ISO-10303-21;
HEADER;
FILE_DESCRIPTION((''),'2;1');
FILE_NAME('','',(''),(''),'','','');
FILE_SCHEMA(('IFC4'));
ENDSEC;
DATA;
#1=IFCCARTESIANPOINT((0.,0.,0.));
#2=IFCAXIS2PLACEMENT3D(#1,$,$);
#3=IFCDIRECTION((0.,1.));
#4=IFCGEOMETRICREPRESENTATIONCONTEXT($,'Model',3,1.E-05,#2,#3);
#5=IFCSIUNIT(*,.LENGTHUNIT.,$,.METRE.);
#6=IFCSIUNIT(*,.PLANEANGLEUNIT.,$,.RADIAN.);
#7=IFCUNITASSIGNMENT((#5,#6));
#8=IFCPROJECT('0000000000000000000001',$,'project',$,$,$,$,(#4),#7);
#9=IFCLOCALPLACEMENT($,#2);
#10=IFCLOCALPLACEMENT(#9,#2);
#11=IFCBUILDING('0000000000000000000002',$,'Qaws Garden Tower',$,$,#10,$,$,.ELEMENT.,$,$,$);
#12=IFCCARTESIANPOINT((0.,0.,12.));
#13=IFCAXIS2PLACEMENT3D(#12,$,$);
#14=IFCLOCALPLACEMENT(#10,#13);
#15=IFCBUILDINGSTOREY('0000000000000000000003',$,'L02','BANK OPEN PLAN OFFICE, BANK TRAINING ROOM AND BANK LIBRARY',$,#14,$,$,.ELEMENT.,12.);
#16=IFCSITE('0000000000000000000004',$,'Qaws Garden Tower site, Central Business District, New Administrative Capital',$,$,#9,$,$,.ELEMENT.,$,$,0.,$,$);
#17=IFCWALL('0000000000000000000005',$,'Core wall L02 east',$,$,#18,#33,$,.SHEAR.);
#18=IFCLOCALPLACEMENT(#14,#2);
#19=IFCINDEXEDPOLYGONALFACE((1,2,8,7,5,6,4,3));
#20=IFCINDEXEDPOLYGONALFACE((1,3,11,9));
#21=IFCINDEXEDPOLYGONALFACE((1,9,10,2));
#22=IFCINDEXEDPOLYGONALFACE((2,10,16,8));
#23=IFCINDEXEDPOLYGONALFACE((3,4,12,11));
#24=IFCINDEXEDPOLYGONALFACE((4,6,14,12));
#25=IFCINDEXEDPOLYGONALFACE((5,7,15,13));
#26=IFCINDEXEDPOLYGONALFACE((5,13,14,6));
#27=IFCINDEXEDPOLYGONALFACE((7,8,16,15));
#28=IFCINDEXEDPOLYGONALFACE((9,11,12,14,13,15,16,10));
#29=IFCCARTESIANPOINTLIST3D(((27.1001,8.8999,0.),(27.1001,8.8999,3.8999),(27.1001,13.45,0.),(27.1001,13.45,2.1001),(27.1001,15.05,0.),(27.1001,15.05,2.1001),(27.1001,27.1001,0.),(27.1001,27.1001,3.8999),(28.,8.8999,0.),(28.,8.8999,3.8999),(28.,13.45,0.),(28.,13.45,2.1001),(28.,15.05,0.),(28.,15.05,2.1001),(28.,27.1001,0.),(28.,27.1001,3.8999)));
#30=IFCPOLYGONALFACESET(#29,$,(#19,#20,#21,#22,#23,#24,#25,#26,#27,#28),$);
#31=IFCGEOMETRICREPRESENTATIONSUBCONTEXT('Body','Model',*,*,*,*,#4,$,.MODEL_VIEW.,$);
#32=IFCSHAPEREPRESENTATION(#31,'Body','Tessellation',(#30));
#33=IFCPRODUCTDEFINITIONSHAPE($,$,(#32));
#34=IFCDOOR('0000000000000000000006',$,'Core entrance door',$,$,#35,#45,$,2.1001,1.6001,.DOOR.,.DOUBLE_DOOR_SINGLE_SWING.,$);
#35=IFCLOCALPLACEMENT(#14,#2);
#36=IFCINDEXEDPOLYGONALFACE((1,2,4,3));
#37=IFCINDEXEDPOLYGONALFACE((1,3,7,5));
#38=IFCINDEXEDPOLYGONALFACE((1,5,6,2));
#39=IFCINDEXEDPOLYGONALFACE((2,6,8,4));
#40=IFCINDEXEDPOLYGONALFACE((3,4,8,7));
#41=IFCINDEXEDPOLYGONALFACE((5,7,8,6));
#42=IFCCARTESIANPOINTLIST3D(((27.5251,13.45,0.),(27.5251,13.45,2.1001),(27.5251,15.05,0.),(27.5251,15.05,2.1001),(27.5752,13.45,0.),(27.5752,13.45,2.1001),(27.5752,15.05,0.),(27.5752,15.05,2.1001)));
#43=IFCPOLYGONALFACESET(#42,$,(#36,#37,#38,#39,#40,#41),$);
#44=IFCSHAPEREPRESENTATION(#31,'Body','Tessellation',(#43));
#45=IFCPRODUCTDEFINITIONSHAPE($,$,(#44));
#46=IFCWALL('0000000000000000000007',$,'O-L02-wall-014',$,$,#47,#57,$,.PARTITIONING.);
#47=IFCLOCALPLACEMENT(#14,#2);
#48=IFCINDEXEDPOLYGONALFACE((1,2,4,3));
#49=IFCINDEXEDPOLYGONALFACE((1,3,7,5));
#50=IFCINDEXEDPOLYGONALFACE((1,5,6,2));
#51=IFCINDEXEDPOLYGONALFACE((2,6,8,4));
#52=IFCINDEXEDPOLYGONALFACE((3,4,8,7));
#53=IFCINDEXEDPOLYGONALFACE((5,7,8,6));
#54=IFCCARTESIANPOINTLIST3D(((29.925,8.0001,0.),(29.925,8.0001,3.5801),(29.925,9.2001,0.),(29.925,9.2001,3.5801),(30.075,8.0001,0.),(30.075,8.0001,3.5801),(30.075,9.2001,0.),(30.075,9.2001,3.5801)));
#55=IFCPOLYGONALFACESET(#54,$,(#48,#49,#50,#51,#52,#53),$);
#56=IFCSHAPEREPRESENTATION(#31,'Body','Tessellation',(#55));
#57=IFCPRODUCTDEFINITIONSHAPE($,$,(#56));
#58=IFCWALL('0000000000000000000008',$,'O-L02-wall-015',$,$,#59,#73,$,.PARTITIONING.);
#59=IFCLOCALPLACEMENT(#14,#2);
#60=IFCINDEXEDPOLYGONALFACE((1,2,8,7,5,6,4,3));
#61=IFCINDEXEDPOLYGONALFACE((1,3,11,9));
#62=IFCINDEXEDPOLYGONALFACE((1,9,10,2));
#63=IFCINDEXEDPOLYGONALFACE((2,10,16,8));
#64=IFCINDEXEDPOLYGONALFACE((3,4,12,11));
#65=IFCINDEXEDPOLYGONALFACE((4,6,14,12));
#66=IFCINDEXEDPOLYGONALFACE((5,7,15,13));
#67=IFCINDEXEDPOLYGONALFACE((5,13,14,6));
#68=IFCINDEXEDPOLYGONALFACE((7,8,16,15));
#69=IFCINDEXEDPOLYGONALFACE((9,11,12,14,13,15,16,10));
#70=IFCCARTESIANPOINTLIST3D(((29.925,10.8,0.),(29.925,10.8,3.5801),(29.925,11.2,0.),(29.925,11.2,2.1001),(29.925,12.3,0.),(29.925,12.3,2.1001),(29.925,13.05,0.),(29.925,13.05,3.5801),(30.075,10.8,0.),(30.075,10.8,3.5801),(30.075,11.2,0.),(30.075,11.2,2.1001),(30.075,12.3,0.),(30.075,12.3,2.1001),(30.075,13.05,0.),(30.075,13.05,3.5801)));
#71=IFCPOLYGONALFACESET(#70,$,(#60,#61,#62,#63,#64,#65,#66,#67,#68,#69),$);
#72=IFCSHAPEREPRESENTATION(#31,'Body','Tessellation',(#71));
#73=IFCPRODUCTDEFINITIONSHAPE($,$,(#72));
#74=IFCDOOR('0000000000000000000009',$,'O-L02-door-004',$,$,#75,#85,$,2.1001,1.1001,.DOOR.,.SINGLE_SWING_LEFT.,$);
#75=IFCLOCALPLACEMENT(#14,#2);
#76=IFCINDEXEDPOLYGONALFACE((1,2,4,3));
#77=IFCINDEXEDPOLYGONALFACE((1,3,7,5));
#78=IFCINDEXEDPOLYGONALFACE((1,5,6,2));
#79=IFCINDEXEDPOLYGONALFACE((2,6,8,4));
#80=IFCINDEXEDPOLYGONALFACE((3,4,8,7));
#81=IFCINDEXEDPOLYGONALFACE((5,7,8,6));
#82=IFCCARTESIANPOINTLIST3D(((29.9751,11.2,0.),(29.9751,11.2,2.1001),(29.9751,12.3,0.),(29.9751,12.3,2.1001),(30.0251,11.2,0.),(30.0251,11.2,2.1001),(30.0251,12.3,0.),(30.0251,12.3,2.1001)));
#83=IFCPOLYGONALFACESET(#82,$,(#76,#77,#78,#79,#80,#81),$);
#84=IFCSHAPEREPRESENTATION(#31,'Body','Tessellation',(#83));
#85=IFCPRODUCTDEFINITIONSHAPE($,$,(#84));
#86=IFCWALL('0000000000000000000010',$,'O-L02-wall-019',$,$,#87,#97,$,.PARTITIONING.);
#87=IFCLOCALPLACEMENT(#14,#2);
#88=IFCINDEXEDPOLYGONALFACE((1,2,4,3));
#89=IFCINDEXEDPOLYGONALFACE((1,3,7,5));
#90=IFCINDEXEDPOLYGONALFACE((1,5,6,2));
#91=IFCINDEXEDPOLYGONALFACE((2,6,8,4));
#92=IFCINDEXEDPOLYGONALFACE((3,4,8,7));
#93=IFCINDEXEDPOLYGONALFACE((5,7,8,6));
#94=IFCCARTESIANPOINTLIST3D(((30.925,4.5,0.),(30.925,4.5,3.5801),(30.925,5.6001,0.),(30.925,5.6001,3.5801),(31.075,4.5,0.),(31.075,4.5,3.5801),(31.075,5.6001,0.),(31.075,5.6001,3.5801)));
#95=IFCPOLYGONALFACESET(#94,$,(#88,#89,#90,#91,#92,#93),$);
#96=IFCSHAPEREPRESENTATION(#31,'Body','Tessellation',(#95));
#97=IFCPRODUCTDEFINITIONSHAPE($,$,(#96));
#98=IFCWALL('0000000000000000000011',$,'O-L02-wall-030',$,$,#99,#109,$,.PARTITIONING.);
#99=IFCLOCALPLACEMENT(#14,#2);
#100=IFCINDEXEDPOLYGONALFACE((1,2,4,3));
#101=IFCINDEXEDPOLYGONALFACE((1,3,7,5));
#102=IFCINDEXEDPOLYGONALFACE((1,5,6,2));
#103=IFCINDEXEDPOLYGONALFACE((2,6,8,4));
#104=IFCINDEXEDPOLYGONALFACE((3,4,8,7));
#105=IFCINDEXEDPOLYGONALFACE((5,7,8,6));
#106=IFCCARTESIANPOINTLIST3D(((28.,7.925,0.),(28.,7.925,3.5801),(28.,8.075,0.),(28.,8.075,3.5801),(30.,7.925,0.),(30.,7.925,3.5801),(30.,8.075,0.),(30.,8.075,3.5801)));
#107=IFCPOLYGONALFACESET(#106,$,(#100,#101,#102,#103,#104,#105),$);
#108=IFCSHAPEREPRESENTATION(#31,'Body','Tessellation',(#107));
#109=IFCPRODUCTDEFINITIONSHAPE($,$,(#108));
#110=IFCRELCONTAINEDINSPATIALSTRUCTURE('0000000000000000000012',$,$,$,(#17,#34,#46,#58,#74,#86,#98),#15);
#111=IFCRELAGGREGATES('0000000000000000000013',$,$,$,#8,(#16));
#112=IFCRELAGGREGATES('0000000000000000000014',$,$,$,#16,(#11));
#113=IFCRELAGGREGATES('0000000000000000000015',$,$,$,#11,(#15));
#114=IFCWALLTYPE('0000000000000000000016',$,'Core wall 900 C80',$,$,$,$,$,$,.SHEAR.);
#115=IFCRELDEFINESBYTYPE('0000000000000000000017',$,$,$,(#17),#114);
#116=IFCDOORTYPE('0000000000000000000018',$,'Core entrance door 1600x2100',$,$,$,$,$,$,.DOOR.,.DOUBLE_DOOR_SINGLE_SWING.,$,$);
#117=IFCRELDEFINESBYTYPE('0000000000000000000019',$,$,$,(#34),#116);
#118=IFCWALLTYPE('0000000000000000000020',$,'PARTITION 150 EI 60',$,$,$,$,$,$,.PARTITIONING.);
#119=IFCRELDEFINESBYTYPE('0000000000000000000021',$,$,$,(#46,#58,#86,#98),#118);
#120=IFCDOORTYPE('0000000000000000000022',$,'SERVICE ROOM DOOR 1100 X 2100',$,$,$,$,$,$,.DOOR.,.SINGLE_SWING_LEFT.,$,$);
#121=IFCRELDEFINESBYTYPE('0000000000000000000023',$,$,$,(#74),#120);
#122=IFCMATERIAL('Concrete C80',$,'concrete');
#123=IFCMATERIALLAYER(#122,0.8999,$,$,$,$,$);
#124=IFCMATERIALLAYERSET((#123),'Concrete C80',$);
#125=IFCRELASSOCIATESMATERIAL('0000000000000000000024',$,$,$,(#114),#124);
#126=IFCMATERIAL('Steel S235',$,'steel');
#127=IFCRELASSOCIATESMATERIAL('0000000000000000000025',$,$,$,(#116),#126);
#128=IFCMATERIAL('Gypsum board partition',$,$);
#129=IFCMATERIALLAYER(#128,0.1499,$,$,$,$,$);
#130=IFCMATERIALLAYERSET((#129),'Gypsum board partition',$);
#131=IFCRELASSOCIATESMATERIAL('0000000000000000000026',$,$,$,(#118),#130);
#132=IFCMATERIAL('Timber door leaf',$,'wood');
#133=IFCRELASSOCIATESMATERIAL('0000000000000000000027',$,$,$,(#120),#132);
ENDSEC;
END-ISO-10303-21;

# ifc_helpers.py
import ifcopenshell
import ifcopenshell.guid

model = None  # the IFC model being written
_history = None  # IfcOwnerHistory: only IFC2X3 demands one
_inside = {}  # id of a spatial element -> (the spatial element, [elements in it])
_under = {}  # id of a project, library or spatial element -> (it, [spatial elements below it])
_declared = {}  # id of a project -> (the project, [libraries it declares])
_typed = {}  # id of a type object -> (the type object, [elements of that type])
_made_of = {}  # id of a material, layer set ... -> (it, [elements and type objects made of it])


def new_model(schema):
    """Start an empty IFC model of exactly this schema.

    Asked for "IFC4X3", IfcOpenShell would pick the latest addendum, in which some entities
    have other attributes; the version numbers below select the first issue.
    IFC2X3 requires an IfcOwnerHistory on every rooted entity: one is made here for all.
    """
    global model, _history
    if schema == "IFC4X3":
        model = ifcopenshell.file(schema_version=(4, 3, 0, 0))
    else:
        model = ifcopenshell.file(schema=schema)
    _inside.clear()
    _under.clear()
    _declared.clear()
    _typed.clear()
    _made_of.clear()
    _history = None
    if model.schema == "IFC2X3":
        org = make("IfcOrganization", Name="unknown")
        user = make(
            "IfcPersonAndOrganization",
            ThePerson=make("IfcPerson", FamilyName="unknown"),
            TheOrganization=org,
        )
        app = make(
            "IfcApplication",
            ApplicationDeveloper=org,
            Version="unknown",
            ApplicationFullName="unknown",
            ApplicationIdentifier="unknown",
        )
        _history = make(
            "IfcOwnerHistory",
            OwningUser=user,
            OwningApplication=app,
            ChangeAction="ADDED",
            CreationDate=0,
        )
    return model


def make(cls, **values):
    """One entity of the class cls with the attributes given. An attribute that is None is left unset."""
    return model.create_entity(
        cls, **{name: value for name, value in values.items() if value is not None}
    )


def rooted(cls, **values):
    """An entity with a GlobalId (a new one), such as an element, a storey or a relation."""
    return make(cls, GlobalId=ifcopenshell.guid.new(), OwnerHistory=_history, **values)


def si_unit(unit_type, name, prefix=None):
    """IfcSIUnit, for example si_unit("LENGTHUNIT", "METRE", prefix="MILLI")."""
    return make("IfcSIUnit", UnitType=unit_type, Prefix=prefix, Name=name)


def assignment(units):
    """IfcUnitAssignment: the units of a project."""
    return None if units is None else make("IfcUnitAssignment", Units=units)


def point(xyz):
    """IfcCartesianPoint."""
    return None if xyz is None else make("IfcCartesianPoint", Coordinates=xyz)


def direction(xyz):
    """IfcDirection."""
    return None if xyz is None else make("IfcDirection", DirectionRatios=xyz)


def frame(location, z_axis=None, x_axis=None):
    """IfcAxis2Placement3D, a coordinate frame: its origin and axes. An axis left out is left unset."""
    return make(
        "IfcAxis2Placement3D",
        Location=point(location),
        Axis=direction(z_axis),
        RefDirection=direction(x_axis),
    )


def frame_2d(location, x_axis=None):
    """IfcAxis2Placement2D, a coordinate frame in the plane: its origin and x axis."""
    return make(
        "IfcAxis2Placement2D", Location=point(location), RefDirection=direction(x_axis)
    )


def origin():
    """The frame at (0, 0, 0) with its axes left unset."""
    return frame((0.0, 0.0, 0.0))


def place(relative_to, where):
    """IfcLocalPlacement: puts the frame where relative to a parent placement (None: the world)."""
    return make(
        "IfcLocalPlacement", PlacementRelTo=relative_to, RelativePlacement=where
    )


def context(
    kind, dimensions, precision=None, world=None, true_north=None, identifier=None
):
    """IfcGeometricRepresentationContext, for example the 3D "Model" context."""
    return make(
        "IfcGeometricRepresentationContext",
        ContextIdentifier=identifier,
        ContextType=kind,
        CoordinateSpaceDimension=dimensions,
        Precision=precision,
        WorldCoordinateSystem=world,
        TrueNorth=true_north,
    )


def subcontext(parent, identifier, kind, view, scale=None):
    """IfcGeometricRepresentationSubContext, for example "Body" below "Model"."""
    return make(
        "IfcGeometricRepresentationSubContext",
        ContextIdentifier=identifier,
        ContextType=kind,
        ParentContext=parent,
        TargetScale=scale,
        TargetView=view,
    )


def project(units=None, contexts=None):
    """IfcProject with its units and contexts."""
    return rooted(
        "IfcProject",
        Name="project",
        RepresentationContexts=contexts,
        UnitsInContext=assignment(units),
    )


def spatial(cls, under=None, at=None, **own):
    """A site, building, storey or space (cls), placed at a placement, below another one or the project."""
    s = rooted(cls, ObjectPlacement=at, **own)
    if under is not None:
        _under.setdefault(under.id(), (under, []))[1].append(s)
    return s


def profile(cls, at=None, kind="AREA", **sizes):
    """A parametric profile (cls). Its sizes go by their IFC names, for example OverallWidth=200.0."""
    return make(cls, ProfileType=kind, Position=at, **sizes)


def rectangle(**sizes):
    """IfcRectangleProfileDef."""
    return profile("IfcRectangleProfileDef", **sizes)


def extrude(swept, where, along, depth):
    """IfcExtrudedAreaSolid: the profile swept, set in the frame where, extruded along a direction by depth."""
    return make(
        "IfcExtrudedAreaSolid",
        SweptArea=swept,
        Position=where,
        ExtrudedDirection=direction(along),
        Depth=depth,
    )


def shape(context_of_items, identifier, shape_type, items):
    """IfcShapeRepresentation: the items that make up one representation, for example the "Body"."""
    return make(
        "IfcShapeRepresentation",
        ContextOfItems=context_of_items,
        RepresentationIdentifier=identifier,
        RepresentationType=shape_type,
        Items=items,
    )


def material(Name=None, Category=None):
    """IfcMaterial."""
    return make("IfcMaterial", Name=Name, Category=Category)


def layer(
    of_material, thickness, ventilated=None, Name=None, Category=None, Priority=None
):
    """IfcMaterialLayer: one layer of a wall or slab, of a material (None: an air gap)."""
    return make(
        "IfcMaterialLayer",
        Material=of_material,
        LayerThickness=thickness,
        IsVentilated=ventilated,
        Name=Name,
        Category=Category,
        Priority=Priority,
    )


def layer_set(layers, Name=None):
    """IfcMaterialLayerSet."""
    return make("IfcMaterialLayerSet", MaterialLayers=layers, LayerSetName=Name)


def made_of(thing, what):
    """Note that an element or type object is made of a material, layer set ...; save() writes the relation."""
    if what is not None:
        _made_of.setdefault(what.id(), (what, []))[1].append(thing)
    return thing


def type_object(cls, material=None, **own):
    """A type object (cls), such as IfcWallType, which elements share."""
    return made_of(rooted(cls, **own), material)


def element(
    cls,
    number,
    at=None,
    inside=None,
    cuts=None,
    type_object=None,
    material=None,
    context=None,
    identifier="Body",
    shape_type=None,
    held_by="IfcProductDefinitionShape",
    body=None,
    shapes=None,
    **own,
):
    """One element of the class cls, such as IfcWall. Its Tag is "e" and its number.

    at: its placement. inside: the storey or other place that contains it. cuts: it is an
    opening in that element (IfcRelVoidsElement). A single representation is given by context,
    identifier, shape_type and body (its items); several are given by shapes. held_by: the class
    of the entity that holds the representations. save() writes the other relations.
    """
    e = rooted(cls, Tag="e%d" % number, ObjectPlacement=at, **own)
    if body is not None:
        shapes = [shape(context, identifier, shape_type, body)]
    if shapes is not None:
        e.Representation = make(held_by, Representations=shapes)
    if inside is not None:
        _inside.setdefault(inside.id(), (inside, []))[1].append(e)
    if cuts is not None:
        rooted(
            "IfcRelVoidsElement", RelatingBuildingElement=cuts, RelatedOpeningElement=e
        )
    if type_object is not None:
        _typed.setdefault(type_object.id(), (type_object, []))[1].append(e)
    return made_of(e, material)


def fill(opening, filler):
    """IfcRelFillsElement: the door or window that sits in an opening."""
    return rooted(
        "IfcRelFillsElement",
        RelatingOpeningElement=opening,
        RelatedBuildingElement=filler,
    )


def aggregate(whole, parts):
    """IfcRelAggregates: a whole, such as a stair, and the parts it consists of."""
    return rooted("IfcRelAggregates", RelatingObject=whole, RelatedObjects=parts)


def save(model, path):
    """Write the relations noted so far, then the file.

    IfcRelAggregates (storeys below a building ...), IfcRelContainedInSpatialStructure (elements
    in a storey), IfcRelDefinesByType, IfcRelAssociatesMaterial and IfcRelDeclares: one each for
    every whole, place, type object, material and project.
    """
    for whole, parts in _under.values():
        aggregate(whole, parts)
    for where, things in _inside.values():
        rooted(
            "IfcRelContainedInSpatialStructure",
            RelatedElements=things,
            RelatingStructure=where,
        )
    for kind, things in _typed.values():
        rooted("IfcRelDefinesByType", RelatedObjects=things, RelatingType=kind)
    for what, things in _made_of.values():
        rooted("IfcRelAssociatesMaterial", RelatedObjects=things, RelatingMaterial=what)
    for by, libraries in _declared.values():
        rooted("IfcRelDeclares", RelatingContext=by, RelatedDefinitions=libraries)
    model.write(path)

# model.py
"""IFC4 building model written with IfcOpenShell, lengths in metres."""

from ifc_helpers import new_model, si_unit, direction, frame, frame_2d, origin, place, context, subcontext, project, spatial, rectangle, extrude, material, layer, layer_set, type_object, element, fill, save


model = new_model("IFC4")

# Units and contexts
model_context = context("Model", 3, precision=1e-05, world=origin(), true_north=direction((0.0, 1.0)))
body_context = subcontext(model_context, "Body", "Model", "MODEL_VIEW")
ifc_project = project(units=[si_unit("LENGTHUNIT", "METRE"), si_unit("PLANEANGLEUNIT", "RADIAN")], contexts=[model_context])

# Site, building, storey
site_placement = place(None, origin())
site = spatial("IfcSite", under=ifc_project, at=site_placement, Name="Qaws Garden Tower site, Central Business District, New Administrative Capital", CompositionType="ELEMENT", RefElevation=0.0)
building_placement = place(site_placement, origin())
building = spatial("IfcBuilding", under=site, at=building_placement, Name="Qaws Garden Tower", CompositionType="ELEMENT")
storey_placement = place(building_placement, frame((0.0, 0.0, 12.0)))
storey = spatial("IfcBuildingStorey", under=building, at=storey_placement, Name="L02", Description="BANK OPEN PLAN OFFICE, BANK TRAINING ROOM AND BANK LIBRARY", CompositionType="ELEMENT", Elevation=12.0)

# Wall, opening, door
ifc_material_1 = material(Name="Concrete C80", Category="concrete")
ifc_layer_1 = layer(ifc_material_1, 0.8999)
ifc_layer_set_1 = layer_set([ifc_layer_1], Name="Concrete C80")
wall_type_1 = type_object("IfcWallType", Name="Core wall 900 C80", PredefinedType="SHEAR", material=ifc_layer_set_1)
wall_1_placement = place(storey_placement, frame((27.55, 8.8999, 0.0), z_axis=(0.0, 0.0, 1.0), x_axis=(0.0, 1.0, 0.0)))
wall_1 = element("IfcWall", 1, at=wall_1_placement, inside=storey, type_object=wall_type_1, Name="Core wall L02 east", PredefinedType="SHEAR", context=body_context, shape_type="SweptSolid", body=[
    extrude(rectangle(XDim=18.2002, YDim=0.8999, at=frame_2d((9.1001, 0.0))), origin(), (0.0, 0.0, 1.0), 3.8999),
])
opening_1_placement = place(wall_1_placement, frame((4.55, 0.0, 0.0)))
opening_1 = element("IfcOpeningElement", 2, at=opening_1_placement, cuts=wall_1, PredefinedType="OPENING", context=body_context, shape_type="SweptSolid", body=[
    extrude(rectangle(XDim=1.6001, YDim=2.1001, at=frame_2d((0.8, 1.05))), frame((0.0, 0.46, 0.0), z_axis=(0.0, -1.0, 0.0), x_axis=(1.0, 0.0, 0.0)), (0.0, 0.0, 1.0), 0.9199),
])
ifc_material_2 = material(Name="Steel S235", Category="steel")
door_type_1 = type_object("IfcDoorType", Name="Core entrance door 1600x2100", OperationType="DOUBLE_DOOR_SINGLE_SWING", PredefinedType="DOOR", material=ifc_material_2)
door_1_placement = place(opening_1_placement, origin())
door_1 = element("IfcDoor", 3, at=door_1_placement, inside=storey, type_object=door_type_1, Name="Core entrance door", OperationType="DOUBLE_DOOR_SINGLE_SWING", OverallHeight=2.1001, OverallWidth=1.6001, PredefinedType="DOOR", context=body_context, shape_type="SweptSolid", body=[
    extrude(rectangle(XDim=1.6001, YDim=2.1001, at=frame_2d((0.8, 1.05))), frame((0.0, 0.0249, 0.0), z_axis=(0.0, -1.0, 0.0), x_axis=(1.0, 0.0, 0.0)), (0.0, 0.0, 1.0), 0.05),
])
fill(opening_1, door_1)

# Wall
ifc_material_3 = material(Name="Gypsum board partition")
ifc_layer_2 = layer(ifc_material_3, 0.1499)
ifc_layer_set_2 = layer_set([ifc_layer_2], Name="Gypsum board partition")
wall_type_2 = type_object("IfcWallType", Name="PARTITION 150 EI 60", PredefinedType="PARTITIONING", material=ifc_layer_set_2)
wall_2_placement = place(storey_placement, frame((30.0, 8.0, 0.0), z_axis=(0.0, 0.0, 1.0), x_axis=(0.0, 1.0, 0.0)))
element("IfcWall", 4, at=wall_2_placement, inside=storey, type_object=wall_type_2, Name="O-L02-wall-014", PredefinedType="PARTITIONING", context=body_context, shape_type="SweptSolid", body=[
    extrude(rectangle(XDim=1.2, YDim=0.1499, at=frame_2d((0.6001, 0.0))), origin(), (0.0, 0.0, 1.0), 3.5801),
])

# Wall, opening, door
wall_3_placement = place(storey_placement, frame((30.0, 10.8, 0.0), z_axis=(0.0, 0.0, 1.0), x_axis=(0.0, 1.0, 0.0)))
wall_3 = element("IfcWall", 5, at=wall_3_placement, inside=storey, type_object=wall_type_2, Name="O-L02-wall-015", PredefinedType="PARTITIONING", context=body_context, shape_type="SweptSolid", body=[
    extrude(rectangle(XDim=2.25, YDim=0.1499, at=frame_2d((1.125, 0.0))), origin(), (0.0, 0.0, 1.0), 3.5801),
])
opening_2_placement = place(wall_3_placement, frame((0.3999, 0.0, 0.0)))
opening_2 = element("IfcOpeningElement", 6, at=opening_2_placement, cuts=wall_3, PredefinedType="OPENING", context=body_context, shape_type="SweptSolid", body=[
    extrude(rectangle(XDim=1.1001, YDim=2.1001, at=frame_2d((0.55, 1.05))), frame((0.0, 0.085, 0.0), z_axis=(0.0, -1.0, 0.0), x_axis=(1.0, 0.0, 0.0)), (0.0, 0.0, 1.0), 0.1699),
])
ifc_material_4 = material(Name="Timber door leaf", Category="wood")
door_type_2 = type_object("IfcDoorType", Name="SERVICE ROOM DOOR 1100 X 2100", OperationType="SINGLE_SWING_LEFT", PredefinedType="DOOR", material=ifc_material_4)
door_2_placement = place(opening_2_placement, origin())
door_2 = element("IfcDoor", 7, at=door_2_placement, inside=storey, type_object=door_type_2, Name="O-L02-door-004", OperationType="SINGLE_SWING_LEFT", OverallHeight=2.1001, OverallWidth=1.1001, PredefinedType="DOOR", context=body_context, shape_type="SweptSolid", body=[
    extrude(rectangle(XDim=1.1001, YDim=2.1001, at=frame_2d((0.55, 1.05))), frame((0.0, 0.0249, 0.0), z_axis=(0.0, -1.0, 0.0), x_axis=(1.0, 0.0, 0.0)), (0.0, 0.0, 1.0), 0.05),
])
fill(opening_2, door_2)

# Walls
wall_4_placement = place(storey_placement, frame((31.0, 4.5, 0.0), z_axis=(0.0, 0.0, 1.0), x_axis=(0.0, 1.0, 0.0)))
element("IfcWall", 8, at=wall_4_placement, inside=storey, type_object=wall_type_2, Name="O-L02-wall-019", PredefinedType="PARTITIONING", context=body_context, shape_type="SweptSolid", body=[
    extrude(rectangle(XDim=1.1001, YDim=0.1499, at=frame_2d((0.55, 0.0))), origin(), (0.0, 0.0, 1.0), 3.5801),
])
wall_5_placement = place(storey_placement, frame((28.0, 8.0, 0.0), z_axis=(0.0, 0.0, 1.0), x_axis=(1.0, 0.0, 0.0)))
element("IfcWall", 9, at=wall_5_placement, inside=storey, type_object=wall_type_2, Name="O-L02-wall-030", PredefinedType="PARTITIONING", context=body_context, shape_type="SweptSolid", body=[
    extrude(rectangle(XDim=2.0, YDim=0.1499, at=frame_2d((1.0, 0.0))), origin(), (0.0, 0.0, 1.0), 3.5801),
])

save(model, "model.ifc")
